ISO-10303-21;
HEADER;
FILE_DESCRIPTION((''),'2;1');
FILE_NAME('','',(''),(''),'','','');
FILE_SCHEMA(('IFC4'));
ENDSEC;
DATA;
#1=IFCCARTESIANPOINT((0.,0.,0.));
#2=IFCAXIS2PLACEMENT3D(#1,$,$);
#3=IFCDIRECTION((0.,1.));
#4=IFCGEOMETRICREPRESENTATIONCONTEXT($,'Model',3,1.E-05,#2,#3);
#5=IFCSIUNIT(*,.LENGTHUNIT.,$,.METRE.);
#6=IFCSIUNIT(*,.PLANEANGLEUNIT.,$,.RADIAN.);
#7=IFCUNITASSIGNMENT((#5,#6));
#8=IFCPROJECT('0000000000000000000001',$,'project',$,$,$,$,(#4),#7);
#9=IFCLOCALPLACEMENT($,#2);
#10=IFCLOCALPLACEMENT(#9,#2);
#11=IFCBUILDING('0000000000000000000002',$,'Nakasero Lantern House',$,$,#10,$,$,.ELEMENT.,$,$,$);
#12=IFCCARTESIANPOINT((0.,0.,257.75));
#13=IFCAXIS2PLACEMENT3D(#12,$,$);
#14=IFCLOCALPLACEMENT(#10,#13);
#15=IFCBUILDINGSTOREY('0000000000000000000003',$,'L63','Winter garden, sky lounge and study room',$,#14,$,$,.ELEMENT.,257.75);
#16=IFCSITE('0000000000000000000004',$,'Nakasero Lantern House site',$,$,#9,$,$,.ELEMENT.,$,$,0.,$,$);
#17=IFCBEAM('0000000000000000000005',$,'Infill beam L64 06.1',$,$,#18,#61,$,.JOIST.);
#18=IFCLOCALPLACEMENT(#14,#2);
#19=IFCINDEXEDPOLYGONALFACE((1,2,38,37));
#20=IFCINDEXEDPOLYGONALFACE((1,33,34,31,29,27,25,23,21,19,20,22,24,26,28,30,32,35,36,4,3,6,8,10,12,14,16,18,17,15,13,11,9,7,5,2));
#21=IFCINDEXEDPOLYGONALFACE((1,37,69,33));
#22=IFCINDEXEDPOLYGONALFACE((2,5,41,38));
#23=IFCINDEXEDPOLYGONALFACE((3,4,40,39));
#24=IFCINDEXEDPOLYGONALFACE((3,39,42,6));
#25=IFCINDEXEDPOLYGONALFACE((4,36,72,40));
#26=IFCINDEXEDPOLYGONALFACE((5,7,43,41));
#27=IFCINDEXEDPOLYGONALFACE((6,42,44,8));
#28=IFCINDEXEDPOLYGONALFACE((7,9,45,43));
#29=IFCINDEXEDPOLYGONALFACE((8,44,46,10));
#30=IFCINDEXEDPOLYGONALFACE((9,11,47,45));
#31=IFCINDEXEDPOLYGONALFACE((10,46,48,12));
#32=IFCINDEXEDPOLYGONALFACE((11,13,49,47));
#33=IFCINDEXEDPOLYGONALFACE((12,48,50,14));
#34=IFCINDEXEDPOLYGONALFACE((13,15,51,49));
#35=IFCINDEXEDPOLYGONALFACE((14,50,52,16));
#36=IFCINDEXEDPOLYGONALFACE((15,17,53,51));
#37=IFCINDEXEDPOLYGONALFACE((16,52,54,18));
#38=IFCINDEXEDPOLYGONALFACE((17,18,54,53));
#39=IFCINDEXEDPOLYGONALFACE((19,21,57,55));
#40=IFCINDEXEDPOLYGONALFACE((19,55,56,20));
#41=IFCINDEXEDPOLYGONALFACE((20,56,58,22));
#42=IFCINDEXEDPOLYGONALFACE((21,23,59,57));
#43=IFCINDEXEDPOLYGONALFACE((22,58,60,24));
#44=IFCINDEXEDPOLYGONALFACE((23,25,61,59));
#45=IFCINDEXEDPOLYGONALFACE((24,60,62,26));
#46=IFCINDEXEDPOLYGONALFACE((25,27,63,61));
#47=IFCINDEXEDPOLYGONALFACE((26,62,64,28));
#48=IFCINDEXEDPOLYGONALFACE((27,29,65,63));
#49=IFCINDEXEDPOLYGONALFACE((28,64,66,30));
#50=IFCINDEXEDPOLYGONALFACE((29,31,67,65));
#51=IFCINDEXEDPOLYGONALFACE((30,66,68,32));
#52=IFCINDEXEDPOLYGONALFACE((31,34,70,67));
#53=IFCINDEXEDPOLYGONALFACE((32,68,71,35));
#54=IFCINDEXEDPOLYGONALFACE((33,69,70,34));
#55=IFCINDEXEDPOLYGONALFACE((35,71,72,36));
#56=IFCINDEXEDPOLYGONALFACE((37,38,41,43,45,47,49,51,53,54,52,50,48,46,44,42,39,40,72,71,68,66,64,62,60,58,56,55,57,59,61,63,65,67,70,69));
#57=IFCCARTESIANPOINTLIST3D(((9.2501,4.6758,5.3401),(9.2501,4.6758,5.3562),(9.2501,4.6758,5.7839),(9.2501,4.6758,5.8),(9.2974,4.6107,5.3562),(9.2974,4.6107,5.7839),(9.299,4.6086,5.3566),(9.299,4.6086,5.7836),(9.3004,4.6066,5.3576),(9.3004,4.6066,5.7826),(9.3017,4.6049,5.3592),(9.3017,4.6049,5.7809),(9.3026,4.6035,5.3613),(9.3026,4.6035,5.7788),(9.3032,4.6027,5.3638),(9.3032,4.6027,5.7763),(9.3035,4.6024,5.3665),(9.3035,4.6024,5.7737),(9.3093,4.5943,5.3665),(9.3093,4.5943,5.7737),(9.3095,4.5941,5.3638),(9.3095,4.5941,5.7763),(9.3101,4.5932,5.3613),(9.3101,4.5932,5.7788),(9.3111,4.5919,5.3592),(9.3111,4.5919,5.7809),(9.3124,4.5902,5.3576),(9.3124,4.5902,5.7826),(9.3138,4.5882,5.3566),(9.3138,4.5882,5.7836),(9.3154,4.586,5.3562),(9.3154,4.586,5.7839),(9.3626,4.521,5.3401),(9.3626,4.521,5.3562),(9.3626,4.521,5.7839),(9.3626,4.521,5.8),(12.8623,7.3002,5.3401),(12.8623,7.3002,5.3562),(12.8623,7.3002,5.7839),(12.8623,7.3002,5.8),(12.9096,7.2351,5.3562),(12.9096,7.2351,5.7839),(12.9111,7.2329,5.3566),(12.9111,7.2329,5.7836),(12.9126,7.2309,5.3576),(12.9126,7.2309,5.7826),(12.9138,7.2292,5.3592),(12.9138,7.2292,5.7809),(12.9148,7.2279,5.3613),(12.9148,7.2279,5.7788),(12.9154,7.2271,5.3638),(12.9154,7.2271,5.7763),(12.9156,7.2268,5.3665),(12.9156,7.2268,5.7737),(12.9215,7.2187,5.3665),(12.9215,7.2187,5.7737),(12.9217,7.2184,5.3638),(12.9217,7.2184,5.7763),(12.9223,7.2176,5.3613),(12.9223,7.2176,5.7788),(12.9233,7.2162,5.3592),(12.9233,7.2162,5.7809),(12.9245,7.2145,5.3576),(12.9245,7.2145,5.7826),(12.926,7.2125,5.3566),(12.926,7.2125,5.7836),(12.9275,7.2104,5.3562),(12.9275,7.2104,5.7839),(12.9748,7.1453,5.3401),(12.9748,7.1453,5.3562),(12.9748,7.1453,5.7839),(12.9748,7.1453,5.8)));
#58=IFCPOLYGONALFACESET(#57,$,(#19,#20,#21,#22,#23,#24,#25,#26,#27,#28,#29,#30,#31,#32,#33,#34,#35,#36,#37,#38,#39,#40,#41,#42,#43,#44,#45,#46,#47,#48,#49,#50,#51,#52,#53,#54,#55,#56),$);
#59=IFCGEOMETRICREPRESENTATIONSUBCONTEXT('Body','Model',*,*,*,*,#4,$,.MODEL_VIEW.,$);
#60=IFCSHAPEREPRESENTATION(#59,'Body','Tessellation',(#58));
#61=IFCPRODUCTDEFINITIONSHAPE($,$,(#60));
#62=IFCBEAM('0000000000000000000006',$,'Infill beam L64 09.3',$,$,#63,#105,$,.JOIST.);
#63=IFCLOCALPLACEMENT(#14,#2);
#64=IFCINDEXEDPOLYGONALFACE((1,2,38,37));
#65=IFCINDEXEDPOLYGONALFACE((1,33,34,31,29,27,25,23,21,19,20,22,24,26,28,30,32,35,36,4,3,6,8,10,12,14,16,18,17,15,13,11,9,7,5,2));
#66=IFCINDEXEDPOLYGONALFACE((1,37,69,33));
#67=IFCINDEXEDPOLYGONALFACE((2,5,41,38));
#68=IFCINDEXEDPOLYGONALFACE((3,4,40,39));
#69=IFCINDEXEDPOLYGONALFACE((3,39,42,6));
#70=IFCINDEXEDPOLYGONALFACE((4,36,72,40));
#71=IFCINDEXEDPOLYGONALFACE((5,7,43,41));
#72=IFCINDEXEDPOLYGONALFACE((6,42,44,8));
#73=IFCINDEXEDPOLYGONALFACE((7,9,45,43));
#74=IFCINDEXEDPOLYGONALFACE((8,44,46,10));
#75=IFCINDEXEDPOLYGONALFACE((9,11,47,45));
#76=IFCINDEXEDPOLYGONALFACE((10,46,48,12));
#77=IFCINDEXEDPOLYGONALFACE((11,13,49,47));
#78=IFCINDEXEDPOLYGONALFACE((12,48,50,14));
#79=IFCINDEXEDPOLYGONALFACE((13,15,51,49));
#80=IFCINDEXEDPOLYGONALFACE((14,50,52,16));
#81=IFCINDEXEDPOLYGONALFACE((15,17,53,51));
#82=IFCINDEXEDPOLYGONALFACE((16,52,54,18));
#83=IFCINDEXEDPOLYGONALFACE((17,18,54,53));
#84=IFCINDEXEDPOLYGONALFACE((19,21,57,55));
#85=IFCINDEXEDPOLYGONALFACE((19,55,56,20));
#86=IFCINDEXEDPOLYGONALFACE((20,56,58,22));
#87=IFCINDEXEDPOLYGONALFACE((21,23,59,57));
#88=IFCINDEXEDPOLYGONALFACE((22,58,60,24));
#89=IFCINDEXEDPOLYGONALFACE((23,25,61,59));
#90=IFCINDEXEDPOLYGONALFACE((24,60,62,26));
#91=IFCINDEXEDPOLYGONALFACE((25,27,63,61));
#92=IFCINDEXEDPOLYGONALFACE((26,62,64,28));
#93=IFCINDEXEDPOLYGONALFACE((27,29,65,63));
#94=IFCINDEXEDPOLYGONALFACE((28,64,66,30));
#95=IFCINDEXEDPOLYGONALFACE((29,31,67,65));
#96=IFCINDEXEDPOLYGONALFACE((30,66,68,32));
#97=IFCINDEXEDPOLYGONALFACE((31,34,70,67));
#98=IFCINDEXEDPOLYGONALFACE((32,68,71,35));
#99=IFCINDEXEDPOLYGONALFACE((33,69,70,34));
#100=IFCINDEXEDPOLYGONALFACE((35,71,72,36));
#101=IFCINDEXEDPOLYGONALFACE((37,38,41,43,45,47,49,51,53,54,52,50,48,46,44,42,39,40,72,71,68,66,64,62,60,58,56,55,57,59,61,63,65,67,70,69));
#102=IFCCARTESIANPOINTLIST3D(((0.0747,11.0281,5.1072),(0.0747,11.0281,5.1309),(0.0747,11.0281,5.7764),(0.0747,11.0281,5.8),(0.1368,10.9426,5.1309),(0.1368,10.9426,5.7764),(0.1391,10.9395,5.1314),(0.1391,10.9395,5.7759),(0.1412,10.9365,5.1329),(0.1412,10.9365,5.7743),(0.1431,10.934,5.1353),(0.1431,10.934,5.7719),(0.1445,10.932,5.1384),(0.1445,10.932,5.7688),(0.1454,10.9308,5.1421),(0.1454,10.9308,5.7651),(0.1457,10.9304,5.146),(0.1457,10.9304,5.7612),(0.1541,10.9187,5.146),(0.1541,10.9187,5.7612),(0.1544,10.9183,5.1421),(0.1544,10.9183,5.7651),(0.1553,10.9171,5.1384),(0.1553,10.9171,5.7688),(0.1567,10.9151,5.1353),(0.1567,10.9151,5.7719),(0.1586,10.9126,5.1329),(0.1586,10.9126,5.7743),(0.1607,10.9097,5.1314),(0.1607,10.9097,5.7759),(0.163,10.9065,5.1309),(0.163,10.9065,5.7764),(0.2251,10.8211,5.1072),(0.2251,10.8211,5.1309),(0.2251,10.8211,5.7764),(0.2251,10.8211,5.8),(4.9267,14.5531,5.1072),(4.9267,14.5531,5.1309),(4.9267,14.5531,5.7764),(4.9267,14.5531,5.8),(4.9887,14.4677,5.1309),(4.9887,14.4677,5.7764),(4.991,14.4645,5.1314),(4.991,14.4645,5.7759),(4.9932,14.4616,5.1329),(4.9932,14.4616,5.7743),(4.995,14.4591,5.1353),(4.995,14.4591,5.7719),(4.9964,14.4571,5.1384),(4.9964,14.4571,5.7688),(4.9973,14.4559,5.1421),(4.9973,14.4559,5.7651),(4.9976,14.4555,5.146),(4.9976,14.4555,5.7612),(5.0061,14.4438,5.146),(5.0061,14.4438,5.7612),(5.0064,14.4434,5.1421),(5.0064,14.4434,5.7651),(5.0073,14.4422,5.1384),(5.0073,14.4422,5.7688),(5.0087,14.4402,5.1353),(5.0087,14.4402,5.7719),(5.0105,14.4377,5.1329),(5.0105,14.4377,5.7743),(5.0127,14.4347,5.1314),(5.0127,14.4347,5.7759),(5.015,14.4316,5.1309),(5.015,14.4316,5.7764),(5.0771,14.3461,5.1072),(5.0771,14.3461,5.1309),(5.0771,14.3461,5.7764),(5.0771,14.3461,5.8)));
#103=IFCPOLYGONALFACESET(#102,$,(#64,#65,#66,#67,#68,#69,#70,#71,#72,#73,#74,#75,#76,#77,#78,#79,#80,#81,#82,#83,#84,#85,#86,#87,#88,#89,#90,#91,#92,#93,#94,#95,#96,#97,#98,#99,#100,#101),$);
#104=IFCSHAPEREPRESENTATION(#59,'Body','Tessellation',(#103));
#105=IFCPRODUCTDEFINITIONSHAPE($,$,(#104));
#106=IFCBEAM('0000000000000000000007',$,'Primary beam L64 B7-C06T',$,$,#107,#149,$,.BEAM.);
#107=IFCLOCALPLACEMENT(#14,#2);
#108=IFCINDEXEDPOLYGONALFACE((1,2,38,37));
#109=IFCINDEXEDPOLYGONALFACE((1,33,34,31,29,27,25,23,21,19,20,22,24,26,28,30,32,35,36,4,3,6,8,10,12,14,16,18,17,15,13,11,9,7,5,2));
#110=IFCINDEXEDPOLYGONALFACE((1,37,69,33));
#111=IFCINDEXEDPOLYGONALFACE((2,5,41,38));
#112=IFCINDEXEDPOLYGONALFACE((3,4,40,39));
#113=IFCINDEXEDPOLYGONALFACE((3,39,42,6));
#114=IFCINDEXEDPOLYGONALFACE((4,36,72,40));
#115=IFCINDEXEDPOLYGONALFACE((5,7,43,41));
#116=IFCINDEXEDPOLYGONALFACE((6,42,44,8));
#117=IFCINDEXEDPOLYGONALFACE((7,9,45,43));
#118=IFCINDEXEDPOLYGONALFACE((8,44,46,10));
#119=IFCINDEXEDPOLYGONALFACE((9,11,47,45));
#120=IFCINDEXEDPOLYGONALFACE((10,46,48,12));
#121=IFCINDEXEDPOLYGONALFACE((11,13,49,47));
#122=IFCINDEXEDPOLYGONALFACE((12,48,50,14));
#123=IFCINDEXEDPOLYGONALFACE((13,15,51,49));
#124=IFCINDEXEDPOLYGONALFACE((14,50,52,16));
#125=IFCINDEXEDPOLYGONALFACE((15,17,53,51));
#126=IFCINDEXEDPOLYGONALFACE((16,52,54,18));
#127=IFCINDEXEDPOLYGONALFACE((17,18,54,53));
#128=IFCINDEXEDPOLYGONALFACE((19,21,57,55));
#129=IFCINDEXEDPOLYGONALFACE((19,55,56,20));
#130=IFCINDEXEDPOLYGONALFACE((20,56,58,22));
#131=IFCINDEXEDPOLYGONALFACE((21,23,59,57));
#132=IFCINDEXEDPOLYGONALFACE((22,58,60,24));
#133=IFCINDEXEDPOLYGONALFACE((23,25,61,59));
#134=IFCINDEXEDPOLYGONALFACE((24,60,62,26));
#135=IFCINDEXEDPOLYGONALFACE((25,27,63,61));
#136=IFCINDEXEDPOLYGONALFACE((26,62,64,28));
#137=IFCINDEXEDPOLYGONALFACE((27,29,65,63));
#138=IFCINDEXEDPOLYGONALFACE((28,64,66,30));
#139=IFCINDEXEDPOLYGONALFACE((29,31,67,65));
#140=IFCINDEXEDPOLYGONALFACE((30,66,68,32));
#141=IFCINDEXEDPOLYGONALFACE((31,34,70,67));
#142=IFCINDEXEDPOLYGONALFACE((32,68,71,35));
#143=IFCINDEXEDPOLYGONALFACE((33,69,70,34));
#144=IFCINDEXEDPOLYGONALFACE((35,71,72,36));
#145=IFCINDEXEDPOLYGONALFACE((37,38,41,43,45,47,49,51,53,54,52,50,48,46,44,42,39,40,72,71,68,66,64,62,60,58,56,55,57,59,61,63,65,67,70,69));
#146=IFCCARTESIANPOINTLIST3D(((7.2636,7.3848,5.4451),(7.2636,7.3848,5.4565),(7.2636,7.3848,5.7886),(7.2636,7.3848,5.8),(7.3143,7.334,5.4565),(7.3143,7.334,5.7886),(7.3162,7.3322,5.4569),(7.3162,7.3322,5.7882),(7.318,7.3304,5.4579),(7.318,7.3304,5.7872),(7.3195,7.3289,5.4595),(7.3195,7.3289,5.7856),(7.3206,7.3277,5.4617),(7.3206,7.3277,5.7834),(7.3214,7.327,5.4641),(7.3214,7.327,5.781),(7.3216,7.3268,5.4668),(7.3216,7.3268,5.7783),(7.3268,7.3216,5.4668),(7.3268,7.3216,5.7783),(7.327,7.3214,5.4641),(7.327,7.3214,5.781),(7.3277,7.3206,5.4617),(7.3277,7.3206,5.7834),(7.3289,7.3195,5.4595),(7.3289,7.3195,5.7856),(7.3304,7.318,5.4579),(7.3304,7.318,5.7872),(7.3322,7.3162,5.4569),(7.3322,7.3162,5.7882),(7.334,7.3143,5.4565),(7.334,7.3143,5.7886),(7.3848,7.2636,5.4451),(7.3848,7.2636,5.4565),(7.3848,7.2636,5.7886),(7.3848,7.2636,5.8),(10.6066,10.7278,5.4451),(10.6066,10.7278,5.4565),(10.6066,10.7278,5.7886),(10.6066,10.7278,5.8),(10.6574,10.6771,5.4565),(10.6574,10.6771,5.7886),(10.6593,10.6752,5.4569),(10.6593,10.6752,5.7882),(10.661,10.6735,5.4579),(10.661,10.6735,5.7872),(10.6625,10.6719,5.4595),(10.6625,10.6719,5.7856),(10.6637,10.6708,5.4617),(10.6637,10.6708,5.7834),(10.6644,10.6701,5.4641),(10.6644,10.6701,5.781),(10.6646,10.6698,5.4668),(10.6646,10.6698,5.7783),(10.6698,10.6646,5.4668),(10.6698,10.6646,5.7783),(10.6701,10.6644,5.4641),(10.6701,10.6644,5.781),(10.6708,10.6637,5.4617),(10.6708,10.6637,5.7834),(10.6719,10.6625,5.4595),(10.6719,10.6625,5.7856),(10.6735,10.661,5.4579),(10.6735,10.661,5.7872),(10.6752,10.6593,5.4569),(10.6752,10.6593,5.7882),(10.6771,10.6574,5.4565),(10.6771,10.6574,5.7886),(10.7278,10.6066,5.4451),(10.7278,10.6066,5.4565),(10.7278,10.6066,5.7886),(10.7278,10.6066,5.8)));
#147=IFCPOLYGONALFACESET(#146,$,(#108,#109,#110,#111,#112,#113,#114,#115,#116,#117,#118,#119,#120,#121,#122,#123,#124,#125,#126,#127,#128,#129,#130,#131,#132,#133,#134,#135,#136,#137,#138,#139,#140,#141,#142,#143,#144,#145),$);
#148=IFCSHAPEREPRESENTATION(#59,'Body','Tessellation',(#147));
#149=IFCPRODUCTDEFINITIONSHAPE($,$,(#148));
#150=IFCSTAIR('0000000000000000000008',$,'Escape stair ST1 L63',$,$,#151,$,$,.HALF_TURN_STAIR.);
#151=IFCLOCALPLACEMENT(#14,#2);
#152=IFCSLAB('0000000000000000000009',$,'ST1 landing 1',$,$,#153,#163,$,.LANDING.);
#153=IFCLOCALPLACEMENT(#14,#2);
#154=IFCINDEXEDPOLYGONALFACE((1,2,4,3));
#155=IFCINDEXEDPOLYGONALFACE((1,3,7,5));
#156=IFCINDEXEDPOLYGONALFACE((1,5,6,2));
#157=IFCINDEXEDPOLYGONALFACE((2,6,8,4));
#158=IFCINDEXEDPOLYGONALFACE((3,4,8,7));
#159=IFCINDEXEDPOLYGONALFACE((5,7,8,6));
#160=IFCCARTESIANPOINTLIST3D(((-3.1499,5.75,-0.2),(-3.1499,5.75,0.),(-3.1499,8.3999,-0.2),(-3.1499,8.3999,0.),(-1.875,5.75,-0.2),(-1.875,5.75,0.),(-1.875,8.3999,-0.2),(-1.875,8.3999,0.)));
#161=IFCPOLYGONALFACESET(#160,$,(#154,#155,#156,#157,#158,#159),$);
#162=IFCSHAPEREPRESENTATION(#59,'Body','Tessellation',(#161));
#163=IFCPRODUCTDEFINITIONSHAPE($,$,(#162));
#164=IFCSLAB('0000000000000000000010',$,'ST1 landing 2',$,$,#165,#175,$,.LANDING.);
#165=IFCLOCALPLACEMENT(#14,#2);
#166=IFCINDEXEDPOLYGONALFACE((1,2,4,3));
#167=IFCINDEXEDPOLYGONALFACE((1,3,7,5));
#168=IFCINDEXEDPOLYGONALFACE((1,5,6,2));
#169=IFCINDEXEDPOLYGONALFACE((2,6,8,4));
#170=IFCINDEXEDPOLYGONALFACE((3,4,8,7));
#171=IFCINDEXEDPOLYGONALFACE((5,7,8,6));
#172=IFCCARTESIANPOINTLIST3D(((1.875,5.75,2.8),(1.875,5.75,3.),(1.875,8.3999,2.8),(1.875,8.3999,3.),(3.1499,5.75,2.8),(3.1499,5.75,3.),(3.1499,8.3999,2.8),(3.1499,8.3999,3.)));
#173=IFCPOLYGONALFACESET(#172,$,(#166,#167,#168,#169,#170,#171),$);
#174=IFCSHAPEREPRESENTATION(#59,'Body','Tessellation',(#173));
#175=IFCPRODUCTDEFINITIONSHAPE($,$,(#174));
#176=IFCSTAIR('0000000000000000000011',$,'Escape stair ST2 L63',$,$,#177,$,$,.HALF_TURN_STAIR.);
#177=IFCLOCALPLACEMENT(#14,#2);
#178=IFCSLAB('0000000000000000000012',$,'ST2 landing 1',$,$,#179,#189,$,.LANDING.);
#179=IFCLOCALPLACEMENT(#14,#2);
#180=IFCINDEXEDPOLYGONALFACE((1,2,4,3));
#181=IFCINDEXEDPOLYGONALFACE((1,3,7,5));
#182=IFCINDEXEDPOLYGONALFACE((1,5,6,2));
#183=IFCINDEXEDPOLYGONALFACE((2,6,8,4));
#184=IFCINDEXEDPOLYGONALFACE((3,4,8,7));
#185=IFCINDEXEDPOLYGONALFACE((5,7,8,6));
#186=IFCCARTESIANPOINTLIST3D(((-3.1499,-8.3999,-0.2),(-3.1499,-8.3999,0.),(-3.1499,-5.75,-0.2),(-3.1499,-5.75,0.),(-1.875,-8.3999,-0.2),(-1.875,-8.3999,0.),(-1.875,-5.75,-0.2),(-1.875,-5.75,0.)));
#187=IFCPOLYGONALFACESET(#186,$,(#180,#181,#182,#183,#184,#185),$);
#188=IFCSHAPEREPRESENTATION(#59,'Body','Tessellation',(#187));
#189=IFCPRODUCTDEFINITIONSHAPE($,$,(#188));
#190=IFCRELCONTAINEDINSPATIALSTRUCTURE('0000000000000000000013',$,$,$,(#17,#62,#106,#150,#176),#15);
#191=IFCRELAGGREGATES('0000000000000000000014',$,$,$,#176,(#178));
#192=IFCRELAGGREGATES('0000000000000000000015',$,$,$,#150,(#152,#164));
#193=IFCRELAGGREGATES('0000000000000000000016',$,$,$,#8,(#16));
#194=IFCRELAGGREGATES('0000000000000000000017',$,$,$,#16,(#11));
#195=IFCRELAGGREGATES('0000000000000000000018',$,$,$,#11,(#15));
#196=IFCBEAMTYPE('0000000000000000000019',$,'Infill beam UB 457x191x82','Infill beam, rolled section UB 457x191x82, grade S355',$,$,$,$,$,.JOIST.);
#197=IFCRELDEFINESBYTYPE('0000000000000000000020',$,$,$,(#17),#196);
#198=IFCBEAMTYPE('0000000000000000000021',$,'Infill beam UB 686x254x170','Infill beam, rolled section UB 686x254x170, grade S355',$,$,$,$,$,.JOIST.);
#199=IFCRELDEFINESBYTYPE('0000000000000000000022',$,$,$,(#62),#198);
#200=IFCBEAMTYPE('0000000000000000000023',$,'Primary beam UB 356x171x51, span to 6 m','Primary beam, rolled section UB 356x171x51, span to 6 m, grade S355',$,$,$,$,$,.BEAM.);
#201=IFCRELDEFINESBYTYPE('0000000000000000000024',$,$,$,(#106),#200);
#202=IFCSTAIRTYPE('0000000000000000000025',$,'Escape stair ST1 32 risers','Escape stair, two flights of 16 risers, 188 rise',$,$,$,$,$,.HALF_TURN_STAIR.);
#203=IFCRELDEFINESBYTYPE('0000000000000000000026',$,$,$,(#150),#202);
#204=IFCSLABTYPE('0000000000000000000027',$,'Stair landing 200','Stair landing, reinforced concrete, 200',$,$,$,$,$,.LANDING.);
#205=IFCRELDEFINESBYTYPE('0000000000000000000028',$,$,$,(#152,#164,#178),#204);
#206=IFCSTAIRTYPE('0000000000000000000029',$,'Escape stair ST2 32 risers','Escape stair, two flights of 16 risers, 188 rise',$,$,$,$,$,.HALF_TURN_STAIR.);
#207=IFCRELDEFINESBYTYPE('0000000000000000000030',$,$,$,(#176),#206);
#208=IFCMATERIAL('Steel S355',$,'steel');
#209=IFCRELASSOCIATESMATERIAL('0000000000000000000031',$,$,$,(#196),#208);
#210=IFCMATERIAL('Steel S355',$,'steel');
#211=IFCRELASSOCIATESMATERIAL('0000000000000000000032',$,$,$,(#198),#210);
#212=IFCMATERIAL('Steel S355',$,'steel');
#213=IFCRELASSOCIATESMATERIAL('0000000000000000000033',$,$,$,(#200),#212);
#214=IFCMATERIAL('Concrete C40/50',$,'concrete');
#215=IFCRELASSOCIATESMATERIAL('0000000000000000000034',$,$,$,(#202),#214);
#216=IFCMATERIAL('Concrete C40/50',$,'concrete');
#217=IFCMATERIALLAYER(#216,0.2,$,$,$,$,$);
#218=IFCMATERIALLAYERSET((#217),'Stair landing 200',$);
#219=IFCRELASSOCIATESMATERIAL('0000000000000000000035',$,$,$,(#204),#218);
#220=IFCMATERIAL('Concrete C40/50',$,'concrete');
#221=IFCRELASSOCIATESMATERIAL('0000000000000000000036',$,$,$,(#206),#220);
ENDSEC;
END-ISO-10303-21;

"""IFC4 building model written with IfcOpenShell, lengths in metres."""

from ifc_helpers import new_model, si_unit, direction, frame, origin, origin_2d, place, context, subcontext, project, spatial, polyline, i_section, outline, extrude, material, layer, layer_set, material_profile, profile_set, type_object, element, aggregate, save


model = new_model("IFC4")

# Units and contexts
model_context = context("Model", 3, precision=1e-05, world=origin(), true_north=direction((0.0, 1.0)))
body_context = subcontext(model_context, "Body", "Model", "MODEL_VIEW")
ifc_project = project(units=[si_unit("LENGTHUNIT", "METRE"), si_unit("PLANEANGLEUNIT", "RADIAN")], contexts=[model_context])

# Site, building, storey
site_placement = place(None, origin())
site = spatial("IfcSite", under=ifc_project, at=site_placement, Name="Nakasero Lantern House site", CompositionType="ELEMENT", RefElevation=0.0)
building_placement = place(site_placement, origin())
building = spatial("IfcBuilding", under=site, at=building_placement, Name="Nakasero Lantern House", CompositionType="ELEMENT")
storey_placement = place(building_placement, frame((0.0, 0.0, 257.75)))
storey = spatial("IfcBuildingStorey", under=building, at=storey_placement, Name="L63", Description="Winter garden, sky lounge and study room", CompositionType="ELEMENT", Elevation=257.75)

# Beams
ifc_material_1 = material(Name="Steel S355", Category="steel")
ifc_material_profile_1 = material_profile(ifc_material_1, i_section(OverallWidth=0.1914, OverallDepth=0.46, WebThickness=0.01, FlangeThickness=0.0161, FilletRadius=0.0103, at=origin_2d()), Name="UB 457x191x82")
ifc_profile_set_1 = profile_set([ifc_material_profile_1], Name="Steel S355")
beam_type_1 = type_object("IfcBeamType", Name="Infill beam UB 457x191x82", Description="Infill beam, rolled section UB 457x191x82, grade S355", PredefinedType="JOIST", material=ifc_profile_set_1)
beam_1_placement = place(storey_placement, frame((9.3064, 4.5984, 5.5701), z_axis=(0.809022, 0.587778, 0.0), x_axis=(-0.587778, 0.809022, 0.0)))
element("IfcBeam", 1, at=beam_1_placement, inside=storey, type_object=beam_type_1, Name="Infill beam L64 06.1", PredefinedType="JOIST", context=body_context, shape_type="SweptSolid", body=[
    extrude(i_section(OverallWidth=0.1914, OverallDepth=0.46, WebThickness=0.01, FlangeThickness=0.0161, FilletRadius=0.0103, at=origin_2d()), origin(), (0.0, 0.0, 1.0), 4.4648),
])
ifc_material_2 = material(Name="Steel S355", Category="steel")
ifc_material_profile_2 = material_profile(ifc_material_2, i_section(OverallWidth=0.2559, OverallDepth=0.6929, WebThickness=0.0144, FlangeThickness=0.0237, FilletRadius=0.0151, at=origin_2d()), Name="UB 686x254x170")
ifc_profile_set_2 = profile_set([ifc_material_profile_2], Name="Steel S355")
beam_type_2 = type_object("IfcBeamType", Name="Infill beam UB 686x254x170", Description="Infill beam, rolled section UB 686x254x170, grade S355", PredefinedType="JOIST", material=ifc_profile_set_2)
beam_2_placement = place(storey_placement, frame((0.1499, 10.9246, 5.4536), z_axis=(0.809023, 0.587777, 0.0), x_axis=(-0.587777, 0.809023, 0.0)))
element("IfcBeam", 2, at=beam_2_placement, inside=storey, type_object=beam_type_2, Name="Infill beam L64 09.3", PredefinedType="JOIST", context=body_context, shape_type="SweptSolid", body=[
    extrude(i_section(OverallWidth=0.2559, OverallDepth=0.6929, WebThickness=0.0144, FlangeThickness=0.0237, FilletRadius=0.0151, at=origin_2d()), origin(), (0.0, 0.0, 1.0), 5.9973),
])
ifc_material_3 = material(Name="Steel S355", Category="steel")
ifc_material_profile_3 = material_profile(ifc_material_3, i_section(OverallWidth=0.1714, OverallDepth=0.355, WebThickness=0.0073, FlangeThickness=0.0115, FilletRadius=0.0103, at=origin_2d()), Name="UB 356x171x51")
ifc_profile_set_3 = profile_set([ifc_material_profile_3], Name="Steel S355")
beam_type_3 = type_object("IfcBeamType", Name="Primary beam UB 356x171x51, span to 6 m", Description="Primary beam, rolled section UB 356x171x51, span to 6 m, grade S355", PredefinedType="BEAM", material=ifc_profile_set_3)
beam_3_placement = place(storey_placement, frame((10.6672, 10.6672, 5.6226), z_axis=(-0.707107, -0.707107, 0.0), x_axis=(0.707107, -0.707107, 0.0)))
element("IfcBeam", 3, at=beam_3_placement, inside=storey, type_object=beam_type_3, Name="Primary beam L64 B7-C06T", PredefinedType="BEAM", context=body_context, shape_type="SweptSolid", body=[
    extrude(i_section(OverallWidth=0.1714, OverallDepth=0.355, WebThickness=0.0073, FlangeThickness=0.0115, FilletRadius=0.0103, at=origin_2d()), origin(), (0.0, 0.0, 1.0), 4.7278),
])

# Stairs, slabs
ifc_material_4 = material(Name="Concrete C40/50", Category="concrete")
stair_type_1 = type_object("IfcStairType", Name="Escape stair ST1 32 risers", Description="Escape stair, two flights of 16 risers, 188 rise", PredefinedType="HALF_TURN_STAIR", material=ifc_material_4)
stair_1_placement = place(storey_placement, origin())
stair_1 = element("IfcStair", 4, at=stair_1_placement, inside=storey, type_object=stair_type_1, Name="Escape stair ST1 L63", PredefinedType="HALF_TURN_STAIR")
ifc_material_5 = material(Name="Concrete C40/50", Category="concrete")
ifc_layer_1 = layer(ifc_material_5, 0.2)
ifc_layer_set_1 = layer_set([ifc_layer_1], Name="Stair landing 200")
slab_type = type_object("IfcSlabType", Name="Stair landing 200", Description="Stair landing, reinforced concrete, 200", PredefinedType="LANDING", material=ifc_layer_set_1)
slab_1_placement = place(storey_placement, frame((0.0, 0.0, -0.2)))
slab_1 = element("IfcSlab", 5, at=slab_1_placement, type_object=slab_type, Name="ST1 landing 1", PredefinedType="LANDING", context=body_context, shape_type="SweptSolid", body=[
    extrude(outline(polyline([(-3.1499, 5.75), (-1.875, 5.75), (-1.875, 8.3999), (-3.1499, 8.3999), (-3.1499, 5.75)])), origin(), (0.0, 0.0, 1.0), 0.2),
])
slab_2_placement = place(storey_placement, frame((0.0, 0.0, 2.8)))
slab_2 = element("IfcSlab", 6, at=slab_2_placement, type_object=slab_type, Name="ST1 landing 2", PredefinedType="LANDING", context=body_context, shape_type="SweptSolid", body=[
    extrude(outline(polyline([(1.875, 5.75), (3.1499, 5.75), (3.1499, 8.3999), (1.875, 8.3999), (1.875, 5.75)])), origin(), (0.0, 0.0, 1.0), 0.2),
])
ifc_material_6 = material(Name="Concrete C40/50", Category="concrete")
stair_type_2 = type_object("IfcStairType", Name="Escape stair ST2 32 risers", Description="Escape stair, two flights of 16 risers, 188 rise", PredefinedType="HALF_TURN_STAIR", material=ifc_material_6)
stair_2_placement = place(storey_placement, origin())
stair_2 = element("IfcStair", 7, at=stair_2_placement, inside=storey, type_object=stair_type_2, Name="Escape stair ST2 L63", PredefinedType="HALF_TURN_STAIR")
slab_3_placement = place(storey_placement, frame((0.0, 0.0, -0.2)))
slab_3 = element("IfcSlab", 8, at=slab_3_placement, type_object=slab_type, Name="ST2 landing 1", PredefinedType="LANDING", context=body_context, shape_type="SweptSolid", body=[
    extrude(outline(polyline([(-3.1499, -8.3999), (-1.875, -8.3999), (-1.875, -5.75), (-3.1499, -5.75), (-3.1499, -8.3999)])), origin(), (0.0, 0.0, 1.0), 0.2),
])
aggregate(stair_2, [slab_3])

aggregate(stair_1, [slab_1, slab_2])

save(model, "model.ifc")
